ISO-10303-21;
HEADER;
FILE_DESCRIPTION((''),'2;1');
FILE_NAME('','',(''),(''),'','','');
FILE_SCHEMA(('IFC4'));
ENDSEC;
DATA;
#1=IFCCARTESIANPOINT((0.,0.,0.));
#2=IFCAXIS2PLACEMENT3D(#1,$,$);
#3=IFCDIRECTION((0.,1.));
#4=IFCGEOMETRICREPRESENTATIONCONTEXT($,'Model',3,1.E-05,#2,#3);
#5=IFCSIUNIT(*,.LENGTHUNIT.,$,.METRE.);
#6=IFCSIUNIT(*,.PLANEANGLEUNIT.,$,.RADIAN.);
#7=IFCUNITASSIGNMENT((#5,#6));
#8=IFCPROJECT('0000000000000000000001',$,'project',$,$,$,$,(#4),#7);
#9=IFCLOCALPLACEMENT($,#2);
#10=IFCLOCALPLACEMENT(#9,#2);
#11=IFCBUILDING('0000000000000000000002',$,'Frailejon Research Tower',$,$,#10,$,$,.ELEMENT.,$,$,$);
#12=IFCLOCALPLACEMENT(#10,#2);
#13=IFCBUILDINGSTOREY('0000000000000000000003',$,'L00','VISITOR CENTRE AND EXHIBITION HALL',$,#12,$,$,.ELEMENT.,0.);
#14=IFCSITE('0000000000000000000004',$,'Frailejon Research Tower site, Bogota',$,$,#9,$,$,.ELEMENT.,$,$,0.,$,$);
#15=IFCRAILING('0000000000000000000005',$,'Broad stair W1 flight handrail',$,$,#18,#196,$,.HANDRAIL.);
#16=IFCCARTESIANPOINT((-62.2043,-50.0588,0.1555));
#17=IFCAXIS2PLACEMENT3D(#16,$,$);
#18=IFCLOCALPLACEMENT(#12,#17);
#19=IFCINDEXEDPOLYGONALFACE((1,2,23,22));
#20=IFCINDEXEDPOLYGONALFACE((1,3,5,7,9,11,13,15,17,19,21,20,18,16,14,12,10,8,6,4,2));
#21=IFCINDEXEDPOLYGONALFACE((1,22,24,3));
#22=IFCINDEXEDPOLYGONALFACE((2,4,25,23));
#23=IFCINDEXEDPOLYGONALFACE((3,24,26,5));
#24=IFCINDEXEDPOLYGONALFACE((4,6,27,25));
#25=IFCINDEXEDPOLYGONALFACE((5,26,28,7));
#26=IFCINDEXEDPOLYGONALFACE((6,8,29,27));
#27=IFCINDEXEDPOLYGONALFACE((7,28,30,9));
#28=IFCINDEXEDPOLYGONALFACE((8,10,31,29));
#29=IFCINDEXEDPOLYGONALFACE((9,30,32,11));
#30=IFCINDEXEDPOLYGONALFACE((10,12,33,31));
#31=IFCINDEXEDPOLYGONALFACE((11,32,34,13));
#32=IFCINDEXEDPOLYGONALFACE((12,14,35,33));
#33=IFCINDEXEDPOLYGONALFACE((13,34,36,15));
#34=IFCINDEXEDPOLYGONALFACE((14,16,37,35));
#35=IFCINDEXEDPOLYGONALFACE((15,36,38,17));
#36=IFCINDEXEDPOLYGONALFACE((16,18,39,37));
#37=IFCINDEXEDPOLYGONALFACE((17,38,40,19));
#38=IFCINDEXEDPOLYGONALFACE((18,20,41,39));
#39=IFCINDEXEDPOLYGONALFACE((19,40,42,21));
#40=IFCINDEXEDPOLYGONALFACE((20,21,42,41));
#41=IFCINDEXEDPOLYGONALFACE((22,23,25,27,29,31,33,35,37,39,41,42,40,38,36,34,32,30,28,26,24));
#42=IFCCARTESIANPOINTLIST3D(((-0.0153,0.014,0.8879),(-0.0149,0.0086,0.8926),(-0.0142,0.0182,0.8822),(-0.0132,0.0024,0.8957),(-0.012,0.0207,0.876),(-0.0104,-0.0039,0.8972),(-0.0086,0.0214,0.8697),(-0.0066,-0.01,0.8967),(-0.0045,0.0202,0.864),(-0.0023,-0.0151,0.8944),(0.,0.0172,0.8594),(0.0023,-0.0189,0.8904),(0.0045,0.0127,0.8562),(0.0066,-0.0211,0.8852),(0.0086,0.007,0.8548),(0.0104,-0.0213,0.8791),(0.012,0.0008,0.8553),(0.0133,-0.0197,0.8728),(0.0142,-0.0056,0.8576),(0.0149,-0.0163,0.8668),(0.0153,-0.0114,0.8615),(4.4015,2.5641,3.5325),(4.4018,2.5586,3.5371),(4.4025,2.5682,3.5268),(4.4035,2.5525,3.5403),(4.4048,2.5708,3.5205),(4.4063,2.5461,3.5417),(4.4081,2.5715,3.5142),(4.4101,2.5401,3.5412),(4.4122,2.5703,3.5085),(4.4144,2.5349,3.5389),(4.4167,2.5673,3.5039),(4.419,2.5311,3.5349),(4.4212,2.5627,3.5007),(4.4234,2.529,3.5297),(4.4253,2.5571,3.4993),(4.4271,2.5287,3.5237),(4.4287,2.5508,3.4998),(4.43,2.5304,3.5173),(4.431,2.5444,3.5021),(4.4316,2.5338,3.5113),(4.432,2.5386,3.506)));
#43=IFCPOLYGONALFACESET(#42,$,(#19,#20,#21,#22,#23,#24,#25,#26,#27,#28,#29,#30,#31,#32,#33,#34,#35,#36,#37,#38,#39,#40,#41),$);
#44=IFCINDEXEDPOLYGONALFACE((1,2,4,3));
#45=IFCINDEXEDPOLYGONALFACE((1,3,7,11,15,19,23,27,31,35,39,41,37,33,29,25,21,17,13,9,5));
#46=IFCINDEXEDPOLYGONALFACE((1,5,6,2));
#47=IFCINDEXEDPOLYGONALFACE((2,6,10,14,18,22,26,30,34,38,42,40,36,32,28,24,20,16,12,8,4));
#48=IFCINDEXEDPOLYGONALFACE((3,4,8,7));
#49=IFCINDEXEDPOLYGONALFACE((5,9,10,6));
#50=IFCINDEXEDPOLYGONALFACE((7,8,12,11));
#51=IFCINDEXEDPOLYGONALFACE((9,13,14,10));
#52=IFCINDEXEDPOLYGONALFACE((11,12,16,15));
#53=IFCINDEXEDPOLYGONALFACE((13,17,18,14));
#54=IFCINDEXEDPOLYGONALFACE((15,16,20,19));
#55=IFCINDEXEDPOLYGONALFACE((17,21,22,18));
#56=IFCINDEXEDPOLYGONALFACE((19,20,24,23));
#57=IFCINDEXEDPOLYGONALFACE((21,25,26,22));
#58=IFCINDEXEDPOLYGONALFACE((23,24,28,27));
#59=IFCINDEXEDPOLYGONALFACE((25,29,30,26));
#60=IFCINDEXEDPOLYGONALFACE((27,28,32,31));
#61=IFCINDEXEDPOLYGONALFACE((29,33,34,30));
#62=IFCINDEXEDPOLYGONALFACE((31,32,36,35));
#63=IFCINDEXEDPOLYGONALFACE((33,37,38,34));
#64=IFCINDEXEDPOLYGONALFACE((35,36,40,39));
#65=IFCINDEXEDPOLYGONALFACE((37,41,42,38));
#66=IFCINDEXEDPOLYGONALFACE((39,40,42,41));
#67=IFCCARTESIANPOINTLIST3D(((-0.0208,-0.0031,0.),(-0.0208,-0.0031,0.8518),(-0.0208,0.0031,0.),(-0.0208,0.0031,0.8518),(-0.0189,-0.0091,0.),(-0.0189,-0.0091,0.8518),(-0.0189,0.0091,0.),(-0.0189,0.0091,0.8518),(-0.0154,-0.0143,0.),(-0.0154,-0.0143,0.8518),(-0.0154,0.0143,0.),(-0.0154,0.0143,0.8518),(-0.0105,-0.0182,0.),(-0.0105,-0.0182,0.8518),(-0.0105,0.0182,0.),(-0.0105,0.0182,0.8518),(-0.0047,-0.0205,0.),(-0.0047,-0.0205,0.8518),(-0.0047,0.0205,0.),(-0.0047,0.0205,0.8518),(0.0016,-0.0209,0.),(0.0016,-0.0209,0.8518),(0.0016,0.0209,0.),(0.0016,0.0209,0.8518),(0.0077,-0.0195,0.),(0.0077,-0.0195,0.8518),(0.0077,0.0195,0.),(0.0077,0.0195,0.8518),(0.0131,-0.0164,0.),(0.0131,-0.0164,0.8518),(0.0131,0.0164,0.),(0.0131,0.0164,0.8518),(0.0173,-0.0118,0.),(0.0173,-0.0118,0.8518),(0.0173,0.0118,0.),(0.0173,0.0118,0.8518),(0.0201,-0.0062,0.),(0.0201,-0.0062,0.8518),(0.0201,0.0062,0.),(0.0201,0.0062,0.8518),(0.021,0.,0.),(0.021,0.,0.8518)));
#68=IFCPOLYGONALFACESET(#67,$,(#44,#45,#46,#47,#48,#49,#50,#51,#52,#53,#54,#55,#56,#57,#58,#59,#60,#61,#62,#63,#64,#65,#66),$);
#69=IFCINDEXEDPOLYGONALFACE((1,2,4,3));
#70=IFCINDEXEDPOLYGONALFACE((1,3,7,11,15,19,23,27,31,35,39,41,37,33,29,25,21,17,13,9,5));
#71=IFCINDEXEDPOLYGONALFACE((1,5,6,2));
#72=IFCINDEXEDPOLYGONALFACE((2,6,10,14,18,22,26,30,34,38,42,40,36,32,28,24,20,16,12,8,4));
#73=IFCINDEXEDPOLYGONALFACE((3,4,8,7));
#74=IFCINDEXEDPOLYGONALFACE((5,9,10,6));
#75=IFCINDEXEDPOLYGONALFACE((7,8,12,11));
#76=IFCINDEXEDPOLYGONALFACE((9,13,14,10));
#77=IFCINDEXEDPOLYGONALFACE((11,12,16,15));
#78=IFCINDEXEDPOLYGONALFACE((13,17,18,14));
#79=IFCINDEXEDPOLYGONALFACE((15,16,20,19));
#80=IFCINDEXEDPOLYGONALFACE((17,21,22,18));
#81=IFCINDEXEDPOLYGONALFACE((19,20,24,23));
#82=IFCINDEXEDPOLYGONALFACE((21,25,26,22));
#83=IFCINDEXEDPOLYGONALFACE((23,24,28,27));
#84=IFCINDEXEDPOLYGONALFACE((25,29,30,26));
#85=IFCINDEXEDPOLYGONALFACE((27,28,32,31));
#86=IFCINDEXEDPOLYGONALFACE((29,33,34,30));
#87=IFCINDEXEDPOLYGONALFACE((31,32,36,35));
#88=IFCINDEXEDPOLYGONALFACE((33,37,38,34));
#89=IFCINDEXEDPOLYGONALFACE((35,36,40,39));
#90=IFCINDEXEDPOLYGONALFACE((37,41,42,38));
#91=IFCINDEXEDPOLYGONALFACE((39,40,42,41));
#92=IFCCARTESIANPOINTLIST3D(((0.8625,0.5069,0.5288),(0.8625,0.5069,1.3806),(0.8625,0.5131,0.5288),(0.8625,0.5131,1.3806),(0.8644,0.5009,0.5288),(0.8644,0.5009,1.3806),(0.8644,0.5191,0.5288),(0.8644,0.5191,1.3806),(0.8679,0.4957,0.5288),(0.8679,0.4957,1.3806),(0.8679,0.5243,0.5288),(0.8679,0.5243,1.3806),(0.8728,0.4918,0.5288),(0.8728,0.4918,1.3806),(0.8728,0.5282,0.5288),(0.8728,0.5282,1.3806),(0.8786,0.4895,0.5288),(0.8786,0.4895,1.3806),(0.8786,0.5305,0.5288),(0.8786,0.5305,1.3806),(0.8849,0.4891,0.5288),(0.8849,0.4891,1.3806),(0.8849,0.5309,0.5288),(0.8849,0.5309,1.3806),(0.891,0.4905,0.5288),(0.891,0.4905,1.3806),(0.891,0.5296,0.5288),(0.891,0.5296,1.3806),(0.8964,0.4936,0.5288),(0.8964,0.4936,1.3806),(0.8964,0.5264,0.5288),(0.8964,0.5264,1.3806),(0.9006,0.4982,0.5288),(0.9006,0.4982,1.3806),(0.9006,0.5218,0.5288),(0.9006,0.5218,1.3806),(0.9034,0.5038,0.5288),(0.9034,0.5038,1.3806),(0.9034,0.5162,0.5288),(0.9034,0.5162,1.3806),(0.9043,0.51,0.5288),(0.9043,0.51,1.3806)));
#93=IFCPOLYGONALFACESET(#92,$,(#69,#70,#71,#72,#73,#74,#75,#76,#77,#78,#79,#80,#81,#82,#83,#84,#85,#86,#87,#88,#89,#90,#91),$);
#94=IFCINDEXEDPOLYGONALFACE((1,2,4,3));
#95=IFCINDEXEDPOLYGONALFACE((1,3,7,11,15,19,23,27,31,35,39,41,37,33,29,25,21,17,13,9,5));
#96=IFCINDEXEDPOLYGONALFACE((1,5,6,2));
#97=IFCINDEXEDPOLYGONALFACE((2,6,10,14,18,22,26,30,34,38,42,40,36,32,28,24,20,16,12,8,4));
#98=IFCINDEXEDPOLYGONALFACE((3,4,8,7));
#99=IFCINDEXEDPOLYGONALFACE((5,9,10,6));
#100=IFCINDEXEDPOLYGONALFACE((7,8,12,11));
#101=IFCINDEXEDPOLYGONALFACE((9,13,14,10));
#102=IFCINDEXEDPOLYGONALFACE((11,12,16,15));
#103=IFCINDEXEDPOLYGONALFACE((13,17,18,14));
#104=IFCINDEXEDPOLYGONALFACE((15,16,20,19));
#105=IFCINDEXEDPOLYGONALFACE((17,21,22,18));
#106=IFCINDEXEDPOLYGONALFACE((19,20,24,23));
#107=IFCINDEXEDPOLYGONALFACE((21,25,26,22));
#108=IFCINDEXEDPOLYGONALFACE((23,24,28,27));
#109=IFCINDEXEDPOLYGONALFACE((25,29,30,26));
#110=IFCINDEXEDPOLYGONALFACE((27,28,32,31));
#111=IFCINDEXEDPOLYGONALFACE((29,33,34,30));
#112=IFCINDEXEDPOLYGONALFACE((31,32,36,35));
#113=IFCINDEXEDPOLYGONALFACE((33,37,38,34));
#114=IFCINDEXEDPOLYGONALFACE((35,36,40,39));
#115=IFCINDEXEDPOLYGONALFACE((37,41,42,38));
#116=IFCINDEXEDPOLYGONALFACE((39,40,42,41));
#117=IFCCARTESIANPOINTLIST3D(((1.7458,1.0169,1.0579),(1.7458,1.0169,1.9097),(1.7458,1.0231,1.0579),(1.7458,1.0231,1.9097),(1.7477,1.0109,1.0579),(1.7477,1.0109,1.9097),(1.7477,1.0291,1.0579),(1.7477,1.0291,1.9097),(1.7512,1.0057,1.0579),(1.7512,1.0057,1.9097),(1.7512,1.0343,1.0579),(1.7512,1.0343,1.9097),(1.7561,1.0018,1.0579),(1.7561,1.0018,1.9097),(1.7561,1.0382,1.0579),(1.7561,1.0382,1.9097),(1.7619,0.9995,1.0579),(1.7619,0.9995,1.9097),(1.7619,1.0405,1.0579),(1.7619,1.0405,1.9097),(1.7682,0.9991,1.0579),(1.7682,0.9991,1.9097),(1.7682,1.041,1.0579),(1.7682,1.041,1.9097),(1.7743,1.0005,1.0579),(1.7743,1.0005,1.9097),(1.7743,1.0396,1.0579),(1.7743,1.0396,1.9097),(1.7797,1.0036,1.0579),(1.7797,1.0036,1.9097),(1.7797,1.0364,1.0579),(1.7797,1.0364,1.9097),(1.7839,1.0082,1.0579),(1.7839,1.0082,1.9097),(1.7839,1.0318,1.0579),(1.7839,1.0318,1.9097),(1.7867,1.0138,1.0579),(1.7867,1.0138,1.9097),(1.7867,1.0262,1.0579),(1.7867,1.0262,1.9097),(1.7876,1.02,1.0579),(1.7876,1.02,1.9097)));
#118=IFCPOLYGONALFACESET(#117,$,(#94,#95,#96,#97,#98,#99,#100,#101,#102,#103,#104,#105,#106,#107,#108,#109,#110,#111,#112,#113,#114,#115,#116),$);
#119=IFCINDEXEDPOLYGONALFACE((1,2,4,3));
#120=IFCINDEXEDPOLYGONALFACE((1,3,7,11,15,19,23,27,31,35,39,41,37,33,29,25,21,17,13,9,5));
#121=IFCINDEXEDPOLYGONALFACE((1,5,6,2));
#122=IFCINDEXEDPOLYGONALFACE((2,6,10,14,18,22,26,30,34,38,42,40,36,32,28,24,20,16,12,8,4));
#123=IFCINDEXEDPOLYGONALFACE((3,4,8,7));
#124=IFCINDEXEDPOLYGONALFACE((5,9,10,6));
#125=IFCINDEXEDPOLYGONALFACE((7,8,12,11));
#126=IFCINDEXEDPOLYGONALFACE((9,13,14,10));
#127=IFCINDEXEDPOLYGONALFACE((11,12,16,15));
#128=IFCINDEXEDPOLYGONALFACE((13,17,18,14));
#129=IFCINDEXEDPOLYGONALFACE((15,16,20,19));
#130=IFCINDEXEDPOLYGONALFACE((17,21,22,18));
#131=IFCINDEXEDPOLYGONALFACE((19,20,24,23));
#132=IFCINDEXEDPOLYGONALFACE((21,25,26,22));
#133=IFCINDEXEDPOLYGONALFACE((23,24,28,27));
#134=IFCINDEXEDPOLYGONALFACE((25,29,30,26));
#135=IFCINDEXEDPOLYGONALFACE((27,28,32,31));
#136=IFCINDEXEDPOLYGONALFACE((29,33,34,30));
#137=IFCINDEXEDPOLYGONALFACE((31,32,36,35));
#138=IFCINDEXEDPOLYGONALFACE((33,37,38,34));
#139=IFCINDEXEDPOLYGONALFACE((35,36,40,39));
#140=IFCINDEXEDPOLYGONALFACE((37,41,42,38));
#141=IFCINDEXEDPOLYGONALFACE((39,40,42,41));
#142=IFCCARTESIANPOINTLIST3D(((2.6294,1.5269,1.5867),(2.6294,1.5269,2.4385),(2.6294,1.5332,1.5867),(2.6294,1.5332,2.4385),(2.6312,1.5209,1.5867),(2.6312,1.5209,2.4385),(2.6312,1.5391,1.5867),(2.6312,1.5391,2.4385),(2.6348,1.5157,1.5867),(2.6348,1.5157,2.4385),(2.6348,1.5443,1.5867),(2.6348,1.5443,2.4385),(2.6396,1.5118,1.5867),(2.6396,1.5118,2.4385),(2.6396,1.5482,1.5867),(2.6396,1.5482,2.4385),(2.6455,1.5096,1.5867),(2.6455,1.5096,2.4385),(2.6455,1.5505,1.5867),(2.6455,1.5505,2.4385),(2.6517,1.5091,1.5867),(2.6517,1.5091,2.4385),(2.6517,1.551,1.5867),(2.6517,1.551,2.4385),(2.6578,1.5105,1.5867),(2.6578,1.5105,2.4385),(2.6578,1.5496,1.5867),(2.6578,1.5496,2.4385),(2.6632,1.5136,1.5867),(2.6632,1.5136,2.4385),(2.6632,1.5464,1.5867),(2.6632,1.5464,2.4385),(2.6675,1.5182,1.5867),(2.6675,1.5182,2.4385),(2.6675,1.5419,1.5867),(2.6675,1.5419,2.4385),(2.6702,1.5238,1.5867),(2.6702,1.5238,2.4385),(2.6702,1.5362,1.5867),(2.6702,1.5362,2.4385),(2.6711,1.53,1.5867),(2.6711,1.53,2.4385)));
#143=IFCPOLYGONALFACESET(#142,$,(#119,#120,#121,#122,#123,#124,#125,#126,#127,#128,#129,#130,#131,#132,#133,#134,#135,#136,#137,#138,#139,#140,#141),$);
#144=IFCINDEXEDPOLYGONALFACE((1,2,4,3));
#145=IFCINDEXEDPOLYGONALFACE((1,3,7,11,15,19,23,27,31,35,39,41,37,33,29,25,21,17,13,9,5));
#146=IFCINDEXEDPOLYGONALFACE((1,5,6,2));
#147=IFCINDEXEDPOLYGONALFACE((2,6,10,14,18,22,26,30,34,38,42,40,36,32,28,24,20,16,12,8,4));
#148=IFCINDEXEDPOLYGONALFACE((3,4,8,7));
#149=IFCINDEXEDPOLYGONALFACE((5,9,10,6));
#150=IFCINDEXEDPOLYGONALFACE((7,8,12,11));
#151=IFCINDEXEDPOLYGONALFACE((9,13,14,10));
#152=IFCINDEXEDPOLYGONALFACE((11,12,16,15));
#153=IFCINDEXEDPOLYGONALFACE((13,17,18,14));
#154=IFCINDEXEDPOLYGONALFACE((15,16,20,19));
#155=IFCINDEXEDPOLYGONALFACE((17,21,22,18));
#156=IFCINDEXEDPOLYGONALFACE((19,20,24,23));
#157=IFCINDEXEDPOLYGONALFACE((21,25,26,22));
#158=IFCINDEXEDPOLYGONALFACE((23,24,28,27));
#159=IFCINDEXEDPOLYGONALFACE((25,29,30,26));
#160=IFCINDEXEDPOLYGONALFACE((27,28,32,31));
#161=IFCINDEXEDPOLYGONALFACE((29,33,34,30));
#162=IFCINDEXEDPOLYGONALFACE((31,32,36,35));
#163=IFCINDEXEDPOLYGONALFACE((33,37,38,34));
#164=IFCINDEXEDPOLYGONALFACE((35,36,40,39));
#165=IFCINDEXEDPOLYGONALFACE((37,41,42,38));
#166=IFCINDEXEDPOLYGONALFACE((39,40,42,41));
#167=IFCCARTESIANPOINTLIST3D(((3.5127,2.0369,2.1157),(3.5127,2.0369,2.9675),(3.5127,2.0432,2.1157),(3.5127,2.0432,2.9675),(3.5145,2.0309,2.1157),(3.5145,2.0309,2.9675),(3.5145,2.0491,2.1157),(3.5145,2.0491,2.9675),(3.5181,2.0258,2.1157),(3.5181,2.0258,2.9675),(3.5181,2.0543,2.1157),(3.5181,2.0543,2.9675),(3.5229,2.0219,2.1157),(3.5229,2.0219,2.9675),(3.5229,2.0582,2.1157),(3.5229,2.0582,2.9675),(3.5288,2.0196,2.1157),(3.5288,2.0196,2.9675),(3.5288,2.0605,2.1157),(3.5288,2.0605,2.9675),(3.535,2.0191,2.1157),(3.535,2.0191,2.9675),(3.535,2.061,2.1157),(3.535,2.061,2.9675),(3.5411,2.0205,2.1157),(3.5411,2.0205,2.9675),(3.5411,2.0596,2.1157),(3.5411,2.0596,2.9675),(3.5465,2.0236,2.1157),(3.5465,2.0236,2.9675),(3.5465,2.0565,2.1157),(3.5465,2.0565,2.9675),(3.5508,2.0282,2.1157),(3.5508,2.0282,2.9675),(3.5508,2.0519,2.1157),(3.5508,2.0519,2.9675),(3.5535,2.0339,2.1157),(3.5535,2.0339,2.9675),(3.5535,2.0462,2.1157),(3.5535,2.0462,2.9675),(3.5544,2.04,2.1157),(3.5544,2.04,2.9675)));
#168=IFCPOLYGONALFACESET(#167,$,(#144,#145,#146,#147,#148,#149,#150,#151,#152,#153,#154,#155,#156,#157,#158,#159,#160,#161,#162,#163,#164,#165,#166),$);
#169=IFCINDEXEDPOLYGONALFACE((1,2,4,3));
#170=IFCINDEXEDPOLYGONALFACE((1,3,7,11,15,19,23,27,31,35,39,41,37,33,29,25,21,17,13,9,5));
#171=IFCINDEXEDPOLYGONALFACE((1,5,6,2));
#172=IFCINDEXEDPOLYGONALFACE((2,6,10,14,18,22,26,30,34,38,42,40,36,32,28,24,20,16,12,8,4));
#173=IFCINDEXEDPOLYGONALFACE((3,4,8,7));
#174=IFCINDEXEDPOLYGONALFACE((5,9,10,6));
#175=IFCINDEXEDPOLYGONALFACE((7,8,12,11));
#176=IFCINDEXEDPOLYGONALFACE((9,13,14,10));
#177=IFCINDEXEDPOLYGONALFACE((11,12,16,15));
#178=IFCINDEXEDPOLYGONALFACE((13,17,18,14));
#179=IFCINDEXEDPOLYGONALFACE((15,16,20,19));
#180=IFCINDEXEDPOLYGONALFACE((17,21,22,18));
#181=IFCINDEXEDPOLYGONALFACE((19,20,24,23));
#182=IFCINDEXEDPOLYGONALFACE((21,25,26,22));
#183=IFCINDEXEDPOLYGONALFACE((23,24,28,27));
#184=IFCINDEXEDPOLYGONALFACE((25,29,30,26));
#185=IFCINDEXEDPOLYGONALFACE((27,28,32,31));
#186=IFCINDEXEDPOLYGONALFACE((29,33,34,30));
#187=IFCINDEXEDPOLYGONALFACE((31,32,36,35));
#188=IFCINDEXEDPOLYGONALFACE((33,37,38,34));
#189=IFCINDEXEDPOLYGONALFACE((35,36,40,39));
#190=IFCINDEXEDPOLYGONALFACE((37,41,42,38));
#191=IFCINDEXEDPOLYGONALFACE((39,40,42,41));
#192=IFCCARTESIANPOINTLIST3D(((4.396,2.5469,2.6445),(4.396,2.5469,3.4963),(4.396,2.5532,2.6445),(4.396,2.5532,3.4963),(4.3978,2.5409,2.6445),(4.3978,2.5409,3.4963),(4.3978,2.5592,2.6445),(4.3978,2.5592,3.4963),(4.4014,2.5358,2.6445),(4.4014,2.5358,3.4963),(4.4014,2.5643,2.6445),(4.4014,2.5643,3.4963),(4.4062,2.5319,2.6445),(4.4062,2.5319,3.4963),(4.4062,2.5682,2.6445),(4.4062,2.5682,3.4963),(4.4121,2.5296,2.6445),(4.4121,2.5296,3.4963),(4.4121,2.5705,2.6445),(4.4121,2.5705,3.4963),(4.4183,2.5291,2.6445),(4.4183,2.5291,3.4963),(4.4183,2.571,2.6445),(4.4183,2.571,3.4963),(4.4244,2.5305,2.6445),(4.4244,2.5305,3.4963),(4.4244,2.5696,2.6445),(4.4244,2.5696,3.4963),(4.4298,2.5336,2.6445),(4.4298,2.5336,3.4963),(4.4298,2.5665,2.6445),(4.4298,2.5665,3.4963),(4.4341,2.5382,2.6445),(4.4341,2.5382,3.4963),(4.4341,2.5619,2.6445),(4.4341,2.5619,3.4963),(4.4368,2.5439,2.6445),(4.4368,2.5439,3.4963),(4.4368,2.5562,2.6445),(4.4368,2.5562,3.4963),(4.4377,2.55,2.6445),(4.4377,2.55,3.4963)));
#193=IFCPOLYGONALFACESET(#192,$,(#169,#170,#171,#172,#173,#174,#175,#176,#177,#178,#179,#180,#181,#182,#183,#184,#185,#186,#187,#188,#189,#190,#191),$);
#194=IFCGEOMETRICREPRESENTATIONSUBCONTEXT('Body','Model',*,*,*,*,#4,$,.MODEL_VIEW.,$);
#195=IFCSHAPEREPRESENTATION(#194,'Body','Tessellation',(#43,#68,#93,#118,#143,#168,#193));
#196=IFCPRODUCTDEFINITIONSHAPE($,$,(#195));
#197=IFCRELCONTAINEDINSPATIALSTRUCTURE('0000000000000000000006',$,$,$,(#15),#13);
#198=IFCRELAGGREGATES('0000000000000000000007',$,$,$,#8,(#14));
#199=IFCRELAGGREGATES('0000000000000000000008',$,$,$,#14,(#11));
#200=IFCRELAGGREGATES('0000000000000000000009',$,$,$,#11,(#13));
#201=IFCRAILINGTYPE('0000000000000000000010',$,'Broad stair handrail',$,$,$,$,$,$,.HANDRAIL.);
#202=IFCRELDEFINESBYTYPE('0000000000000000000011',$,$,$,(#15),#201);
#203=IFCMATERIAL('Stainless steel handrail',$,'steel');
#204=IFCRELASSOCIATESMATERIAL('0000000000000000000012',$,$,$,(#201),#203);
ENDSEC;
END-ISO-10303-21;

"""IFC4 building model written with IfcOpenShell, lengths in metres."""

from ifc_helpers import new_model, si_unit, direction, frame, origin, origin_2d, place, context, subcontext, project, spatial, circle, extrude, material, type_object, element, save


model = new_model("IFC4")

# Units and contexts
model_context = context("Model", 3, precision=1e-05, world=origin(), true_north=direction((0.0, 1.0)))
body_context = subcontext(model_context, "Body", "Model", "MODEL_VIEW")
ifc_project = project(units=[si_unit("LENGTHUNIT", "METRE"), si_unit("PLANEANGLEUNIT", "RADIAN")], contexts=[model_context])

# Site, building, storey
site_placement = place(None, origin())
site = spatial("IfcSite", under=ifc_project, at=site_placement, Name="Frailejon Research Tower site, Bogota", CompositionType="ELEMENT", RefElevation=0.0)
building_placement = place(site_placement, origin())
building = spatial("IfcBuilding", under=site, at=building_placement, Name="Frailejon Research Tower", CompositionType="ELEMENT")
storey_placement = place(building_placement, origin())
storey = spatial("IfcBuildingStorey", under=building, at=storey_placement, Name="L00", Description="VISITOR CENTRE AND EXHIBITION HALL", CompositionType="ELEMENT", Elevation=0.0)

# Railing
ifc_material_1 = material(Name="Stainless steel handrail", Category="steel")
railing_type_1 = type_object("IfcRailingType", Name="Broad stair handrail", PredefinedType="HANDRAIL", material=ifc_material_1)
for number, where, name in (
    (1, (-62.2043, -50.0588, 0.1555), "Broad stair W1 flight handrail"),
):
    element("IfcRailing", number, at=place(storey_placement, frame(where)), inside=storey, type_object=railing_type_1, Name=name, PredefinedType="HANDRAIL", context=body_context, shape_type="SweptSolid", body=[
        extrude(circle(Radius=0.0239, at=origin_2d()), frame((0.0, 0.0, 0.876), z_axis=(0.768811, 0.44388, 0.460326), x_axis=(-0.500006, 0.866022, 0.0)), (0.0, 0.0, 1.0), 5.7449),
        extrude(circle(Radius=0.021, at=origin_2d()), origin(), (0.0, 0.0, 1.0), 0.8518),
        extrude(circle(Radius=0.021, at=origin_2d()), frame((0.8833, 0.51, 0.5288)), (0.0, 0.0, 1.0), 0.8518),
        extrude(circle(Radius=0.021, at=origin_2d()), frame((1.7666, 1.02, 1.0579)), (0.0, 0.0, 1.0), 0.8518),
        extrude(circle(Radius=0.021, at=origin_2d()), frame((2.6501, 1.53, 1.5867)), (0.0, 0.0, 1.0), 0.8518),
        extrude(circle(Radius=0.021, at=origin_2d()), frame((3.5334, 2.04, 2.1157)), (0.0, 0.0, 1.0), 0.8518),
        extrude(circle(Radius=0.021, at=origin_2d()), frame((4.4167, 2.55, 2.6445)), (0.0, 0.0, 1.0), 0.8518),
    ])

save(model, "model.ifc")
